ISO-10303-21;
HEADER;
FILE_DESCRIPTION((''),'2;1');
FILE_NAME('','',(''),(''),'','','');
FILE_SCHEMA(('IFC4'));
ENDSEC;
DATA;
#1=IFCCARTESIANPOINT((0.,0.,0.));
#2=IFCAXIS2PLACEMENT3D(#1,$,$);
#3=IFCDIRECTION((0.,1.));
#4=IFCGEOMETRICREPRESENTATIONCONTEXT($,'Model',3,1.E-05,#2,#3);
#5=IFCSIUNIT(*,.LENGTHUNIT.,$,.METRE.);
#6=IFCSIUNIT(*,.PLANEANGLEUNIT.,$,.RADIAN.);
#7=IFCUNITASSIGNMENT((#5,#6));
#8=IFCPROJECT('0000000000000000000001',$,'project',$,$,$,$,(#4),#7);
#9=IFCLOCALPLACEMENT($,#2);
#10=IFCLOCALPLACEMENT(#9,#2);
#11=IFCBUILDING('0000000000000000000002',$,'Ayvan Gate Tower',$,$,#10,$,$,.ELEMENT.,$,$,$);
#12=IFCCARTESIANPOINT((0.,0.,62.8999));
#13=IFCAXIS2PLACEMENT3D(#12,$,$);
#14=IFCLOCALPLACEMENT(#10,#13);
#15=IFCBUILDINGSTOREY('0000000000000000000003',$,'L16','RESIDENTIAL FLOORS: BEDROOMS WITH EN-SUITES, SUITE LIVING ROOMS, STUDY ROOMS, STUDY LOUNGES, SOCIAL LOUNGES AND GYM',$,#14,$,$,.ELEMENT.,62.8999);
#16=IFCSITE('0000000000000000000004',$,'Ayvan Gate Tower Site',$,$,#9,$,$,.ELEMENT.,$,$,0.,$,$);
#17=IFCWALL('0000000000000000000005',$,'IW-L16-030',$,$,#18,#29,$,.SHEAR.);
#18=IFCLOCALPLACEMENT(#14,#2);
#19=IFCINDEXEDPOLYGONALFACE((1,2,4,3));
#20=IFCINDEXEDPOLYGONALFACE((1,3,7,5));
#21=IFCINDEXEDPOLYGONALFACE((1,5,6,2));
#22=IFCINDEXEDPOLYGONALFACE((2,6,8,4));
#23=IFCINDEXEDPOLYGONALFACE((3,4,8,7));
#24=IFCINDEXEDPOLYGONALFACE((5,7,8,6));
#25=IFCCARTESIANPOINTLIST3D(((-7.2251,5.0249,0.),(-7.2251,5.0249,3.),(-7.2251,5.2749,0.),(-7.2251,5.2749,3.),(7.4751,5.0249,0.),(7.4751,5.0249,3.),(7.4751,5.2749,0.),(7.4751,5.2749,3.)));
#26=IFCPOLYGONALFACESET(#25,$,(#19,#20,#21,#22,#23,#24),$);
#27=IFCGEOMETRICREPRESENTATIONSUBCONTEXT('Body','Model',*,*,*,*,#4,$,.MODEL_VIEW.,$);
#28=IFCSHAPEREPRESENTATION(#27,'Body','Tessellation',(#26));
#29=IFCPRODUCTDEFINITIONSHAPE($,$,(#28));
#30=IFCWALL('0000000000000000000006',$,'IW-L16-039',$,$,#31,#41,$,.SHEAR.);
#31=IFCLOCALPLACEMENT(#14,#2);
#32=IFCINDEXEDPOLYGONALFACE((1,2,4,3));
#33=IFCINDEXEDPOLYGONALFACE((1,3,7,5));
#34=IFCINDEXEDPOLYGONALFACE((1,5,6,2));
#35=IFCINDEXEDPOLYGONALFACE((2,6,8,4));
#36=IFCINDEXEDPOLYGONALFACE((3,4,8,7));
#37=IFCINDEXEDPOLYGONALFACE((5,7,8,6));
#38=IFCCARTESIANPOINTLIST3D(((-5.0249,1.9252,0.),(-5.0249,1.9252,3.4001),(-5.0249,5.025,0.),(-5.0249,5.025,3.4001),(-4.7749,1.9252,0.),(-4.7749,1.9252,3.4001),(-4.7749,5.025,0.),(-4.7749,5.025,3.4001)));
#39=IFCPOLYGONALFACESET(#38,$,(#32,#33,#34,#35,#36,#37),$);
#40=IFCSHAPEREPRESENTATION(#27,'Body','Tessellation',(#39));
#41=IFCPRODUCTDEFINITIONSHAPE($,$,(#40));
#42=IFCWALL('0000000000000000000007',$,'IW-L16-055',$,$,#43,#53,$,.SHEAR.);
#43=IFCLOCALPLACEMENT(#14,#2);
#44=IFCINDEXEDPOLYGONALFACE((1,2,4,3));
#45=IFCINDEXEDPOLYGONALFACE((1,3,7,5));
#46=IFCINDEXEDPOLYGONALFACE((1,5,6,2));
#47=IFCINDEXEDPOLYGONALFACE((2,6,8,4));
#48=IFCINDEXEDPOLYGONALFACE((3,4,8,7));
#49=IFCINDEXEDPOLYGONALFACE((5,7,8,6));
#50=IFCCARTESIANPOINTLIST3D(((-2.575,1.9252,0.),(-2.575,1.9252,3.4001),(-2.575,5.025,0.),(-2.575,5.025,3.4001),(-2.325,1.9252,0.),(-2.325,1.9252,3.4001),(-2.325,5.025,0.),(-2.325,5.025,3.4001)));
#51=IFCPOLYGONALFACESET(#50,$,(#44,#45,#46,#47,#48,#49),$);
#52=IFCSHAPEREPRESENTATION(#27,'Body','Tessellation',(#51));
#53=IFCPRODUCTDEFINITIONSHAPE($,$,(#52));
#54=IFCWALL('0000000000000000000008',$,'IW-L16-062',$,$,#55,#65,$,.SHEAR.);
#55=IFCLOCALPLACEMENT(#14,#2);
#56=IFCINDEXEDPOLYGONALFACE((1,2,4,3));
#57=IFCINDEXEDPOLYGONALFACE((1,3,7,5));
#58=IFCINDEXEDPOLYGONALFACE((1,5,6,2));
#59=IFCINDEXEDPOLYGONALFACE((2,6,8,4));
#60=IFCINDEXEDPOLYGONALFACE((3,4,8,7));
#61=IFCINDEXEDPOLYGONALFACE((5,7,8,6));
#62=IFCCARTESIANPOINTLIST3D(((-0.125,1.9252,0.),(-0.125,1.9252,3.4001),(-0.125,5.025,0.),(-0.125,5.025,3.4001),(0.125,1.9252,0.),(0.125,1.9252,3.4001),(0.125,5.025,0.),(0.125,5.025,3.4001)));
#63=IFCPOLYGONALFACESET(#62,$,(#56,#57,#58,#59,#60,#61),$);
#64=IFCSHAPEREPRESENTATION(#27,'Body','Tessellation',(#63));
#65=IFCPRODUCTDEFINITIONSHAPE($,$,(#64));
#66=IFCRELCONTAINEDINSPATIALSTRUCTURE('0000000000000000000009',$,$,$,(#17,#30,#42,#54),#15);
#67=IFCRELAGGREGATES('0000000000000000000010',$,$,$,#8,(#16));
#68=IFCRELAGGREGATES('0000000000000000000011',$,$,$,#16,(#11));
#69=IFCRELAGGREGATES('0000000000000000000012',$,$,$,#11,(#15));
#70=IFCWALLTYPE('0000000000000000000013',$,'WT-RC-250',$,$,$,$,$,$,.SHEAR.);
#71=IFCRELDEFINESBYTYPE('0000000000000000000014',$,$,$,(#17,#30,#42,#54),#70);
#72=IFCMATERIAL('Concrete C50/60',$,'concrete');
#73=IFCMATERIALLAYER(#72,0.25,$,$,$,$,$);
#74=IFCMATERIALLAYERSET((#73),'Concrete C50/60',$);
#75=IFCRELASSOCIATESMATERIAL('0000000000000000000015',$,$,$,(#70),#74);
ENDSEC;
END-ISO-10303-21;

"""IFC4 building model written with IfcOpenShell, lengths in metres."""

from ifc_helpers import new_model, si_unit, direction, frame, frame_2d, origin, place, context, subcontext, project, spatial, rectangle, extrude, material, layer, layer_set, type_object, element, save


model = new_model("IFC4")

# Units and contexts
model_context = context("Model", 3, precision=1e-05, world=origin(), true_north=direction((0.0, 1.0)))
body_context = subcontext(model_context, "Body", "Model", "MODEL_VIEW")
ifc_project = project(units=[si_unit("LENGTHUNIT", "METRE"), si_unit("PLANEANGLEUNIT", "RADIAN")], contexts=[model_context])

# Site, building, storey
site_placement = place(None, origin())
site = spatial("IfcSite", under=ifc_project, at=site_placement, Name="Ayvan Gate Tower Site", CompositionType="ELEMENT", RefElevation=0.0)
building_placement = place(site_placement, origin())
building = spatial("IfcBuilding", under=site, at=building_placement, Name="Ayvan Gate Tower", CompositionType="ELEMENT")
storey_placement = place(building_placement, frame((0.0, 0.0, 62.8999)))
storey = spatial("IfcBuildingStorey", under=building, at=storey_placement, Name="L16", Description="RESIDENTIAL FLOORS: BEDROOMS WITH EN-SUITES, SUITE LIVING ROOMS, STUDY ROOMS, STUDY LOUNGES, SOCIAL LOUNGES AND GYM", CompositionType="ELEMENT", Elevation=62.8999)

# Walls
ifc_material_1 = material(Name="Concrete C50/60", Category="concrete")
ifc_layer_1 = layer(ifc_material_1, 0.25)
ifc_layer_set_1 = layer_set([ifc_layer_1], Name="Concrete C50/60")
wall_type_1 = type_object("IfcWallType", Name="WT-RC-250", PredefinedType="SHEAR", material=ifc_layer_set_1)
wall_1_placement = place(storey_placement, frame((-7.2251, 5.1499, 0.0), z_axis=(0.0, 0.0, 1.0), x_axis=(1.0, 0.0, 0.0)))
element("IfcWall", 1, at=wall_1_placement, inside=storey, type_object=wall_type_1, Name="IW-L16-030", PredefinedType="SHEAR", context=body_context, shape_type="SweptSolid", body=[
    extrude(rectangle(XDim=14.7002, YDim=0.25, at=frame_2d((7.3501, 0.0))), origin(), (0.0, 0.0, 1.0), 3.0),
])
for number, where, z_axis, x_axis, name in (
    (2, (-4.8999, 5.0249, 0.0), (0.0, 0.0, 1.0), (0.0, -1.0, 0.0), "IW-L16-039"),
    (3, (-2.45, 5.0249, 0.0), (0.0, 0.0, 1.0), (0.0, -1.0, 0.0), "IW-L16-055"),
    (4, (0.0, 5.0249, 0.0), (0.0, 0.0, 1.0), (0.0, -1.0, 0.0), "IW-L16-062"),
):
    element("IfcWall", number, at=place(storey_placement, frame(where, z_axis=z_axis, x_axis=x_axis)), inside=storey, type_object=wall_type_1, Name=name, PredefinedType="SHEAR", context=body_context, shape_type="SweptSolid", body=[
        extrude(rectangle(XDim=3.0999, YDim=0.25, at=frame_2d((1.5498, 0.0))), origin(), (0.0, 0.0, 1.0), 3.4001),
    ])

save(model, "model.ifc")
